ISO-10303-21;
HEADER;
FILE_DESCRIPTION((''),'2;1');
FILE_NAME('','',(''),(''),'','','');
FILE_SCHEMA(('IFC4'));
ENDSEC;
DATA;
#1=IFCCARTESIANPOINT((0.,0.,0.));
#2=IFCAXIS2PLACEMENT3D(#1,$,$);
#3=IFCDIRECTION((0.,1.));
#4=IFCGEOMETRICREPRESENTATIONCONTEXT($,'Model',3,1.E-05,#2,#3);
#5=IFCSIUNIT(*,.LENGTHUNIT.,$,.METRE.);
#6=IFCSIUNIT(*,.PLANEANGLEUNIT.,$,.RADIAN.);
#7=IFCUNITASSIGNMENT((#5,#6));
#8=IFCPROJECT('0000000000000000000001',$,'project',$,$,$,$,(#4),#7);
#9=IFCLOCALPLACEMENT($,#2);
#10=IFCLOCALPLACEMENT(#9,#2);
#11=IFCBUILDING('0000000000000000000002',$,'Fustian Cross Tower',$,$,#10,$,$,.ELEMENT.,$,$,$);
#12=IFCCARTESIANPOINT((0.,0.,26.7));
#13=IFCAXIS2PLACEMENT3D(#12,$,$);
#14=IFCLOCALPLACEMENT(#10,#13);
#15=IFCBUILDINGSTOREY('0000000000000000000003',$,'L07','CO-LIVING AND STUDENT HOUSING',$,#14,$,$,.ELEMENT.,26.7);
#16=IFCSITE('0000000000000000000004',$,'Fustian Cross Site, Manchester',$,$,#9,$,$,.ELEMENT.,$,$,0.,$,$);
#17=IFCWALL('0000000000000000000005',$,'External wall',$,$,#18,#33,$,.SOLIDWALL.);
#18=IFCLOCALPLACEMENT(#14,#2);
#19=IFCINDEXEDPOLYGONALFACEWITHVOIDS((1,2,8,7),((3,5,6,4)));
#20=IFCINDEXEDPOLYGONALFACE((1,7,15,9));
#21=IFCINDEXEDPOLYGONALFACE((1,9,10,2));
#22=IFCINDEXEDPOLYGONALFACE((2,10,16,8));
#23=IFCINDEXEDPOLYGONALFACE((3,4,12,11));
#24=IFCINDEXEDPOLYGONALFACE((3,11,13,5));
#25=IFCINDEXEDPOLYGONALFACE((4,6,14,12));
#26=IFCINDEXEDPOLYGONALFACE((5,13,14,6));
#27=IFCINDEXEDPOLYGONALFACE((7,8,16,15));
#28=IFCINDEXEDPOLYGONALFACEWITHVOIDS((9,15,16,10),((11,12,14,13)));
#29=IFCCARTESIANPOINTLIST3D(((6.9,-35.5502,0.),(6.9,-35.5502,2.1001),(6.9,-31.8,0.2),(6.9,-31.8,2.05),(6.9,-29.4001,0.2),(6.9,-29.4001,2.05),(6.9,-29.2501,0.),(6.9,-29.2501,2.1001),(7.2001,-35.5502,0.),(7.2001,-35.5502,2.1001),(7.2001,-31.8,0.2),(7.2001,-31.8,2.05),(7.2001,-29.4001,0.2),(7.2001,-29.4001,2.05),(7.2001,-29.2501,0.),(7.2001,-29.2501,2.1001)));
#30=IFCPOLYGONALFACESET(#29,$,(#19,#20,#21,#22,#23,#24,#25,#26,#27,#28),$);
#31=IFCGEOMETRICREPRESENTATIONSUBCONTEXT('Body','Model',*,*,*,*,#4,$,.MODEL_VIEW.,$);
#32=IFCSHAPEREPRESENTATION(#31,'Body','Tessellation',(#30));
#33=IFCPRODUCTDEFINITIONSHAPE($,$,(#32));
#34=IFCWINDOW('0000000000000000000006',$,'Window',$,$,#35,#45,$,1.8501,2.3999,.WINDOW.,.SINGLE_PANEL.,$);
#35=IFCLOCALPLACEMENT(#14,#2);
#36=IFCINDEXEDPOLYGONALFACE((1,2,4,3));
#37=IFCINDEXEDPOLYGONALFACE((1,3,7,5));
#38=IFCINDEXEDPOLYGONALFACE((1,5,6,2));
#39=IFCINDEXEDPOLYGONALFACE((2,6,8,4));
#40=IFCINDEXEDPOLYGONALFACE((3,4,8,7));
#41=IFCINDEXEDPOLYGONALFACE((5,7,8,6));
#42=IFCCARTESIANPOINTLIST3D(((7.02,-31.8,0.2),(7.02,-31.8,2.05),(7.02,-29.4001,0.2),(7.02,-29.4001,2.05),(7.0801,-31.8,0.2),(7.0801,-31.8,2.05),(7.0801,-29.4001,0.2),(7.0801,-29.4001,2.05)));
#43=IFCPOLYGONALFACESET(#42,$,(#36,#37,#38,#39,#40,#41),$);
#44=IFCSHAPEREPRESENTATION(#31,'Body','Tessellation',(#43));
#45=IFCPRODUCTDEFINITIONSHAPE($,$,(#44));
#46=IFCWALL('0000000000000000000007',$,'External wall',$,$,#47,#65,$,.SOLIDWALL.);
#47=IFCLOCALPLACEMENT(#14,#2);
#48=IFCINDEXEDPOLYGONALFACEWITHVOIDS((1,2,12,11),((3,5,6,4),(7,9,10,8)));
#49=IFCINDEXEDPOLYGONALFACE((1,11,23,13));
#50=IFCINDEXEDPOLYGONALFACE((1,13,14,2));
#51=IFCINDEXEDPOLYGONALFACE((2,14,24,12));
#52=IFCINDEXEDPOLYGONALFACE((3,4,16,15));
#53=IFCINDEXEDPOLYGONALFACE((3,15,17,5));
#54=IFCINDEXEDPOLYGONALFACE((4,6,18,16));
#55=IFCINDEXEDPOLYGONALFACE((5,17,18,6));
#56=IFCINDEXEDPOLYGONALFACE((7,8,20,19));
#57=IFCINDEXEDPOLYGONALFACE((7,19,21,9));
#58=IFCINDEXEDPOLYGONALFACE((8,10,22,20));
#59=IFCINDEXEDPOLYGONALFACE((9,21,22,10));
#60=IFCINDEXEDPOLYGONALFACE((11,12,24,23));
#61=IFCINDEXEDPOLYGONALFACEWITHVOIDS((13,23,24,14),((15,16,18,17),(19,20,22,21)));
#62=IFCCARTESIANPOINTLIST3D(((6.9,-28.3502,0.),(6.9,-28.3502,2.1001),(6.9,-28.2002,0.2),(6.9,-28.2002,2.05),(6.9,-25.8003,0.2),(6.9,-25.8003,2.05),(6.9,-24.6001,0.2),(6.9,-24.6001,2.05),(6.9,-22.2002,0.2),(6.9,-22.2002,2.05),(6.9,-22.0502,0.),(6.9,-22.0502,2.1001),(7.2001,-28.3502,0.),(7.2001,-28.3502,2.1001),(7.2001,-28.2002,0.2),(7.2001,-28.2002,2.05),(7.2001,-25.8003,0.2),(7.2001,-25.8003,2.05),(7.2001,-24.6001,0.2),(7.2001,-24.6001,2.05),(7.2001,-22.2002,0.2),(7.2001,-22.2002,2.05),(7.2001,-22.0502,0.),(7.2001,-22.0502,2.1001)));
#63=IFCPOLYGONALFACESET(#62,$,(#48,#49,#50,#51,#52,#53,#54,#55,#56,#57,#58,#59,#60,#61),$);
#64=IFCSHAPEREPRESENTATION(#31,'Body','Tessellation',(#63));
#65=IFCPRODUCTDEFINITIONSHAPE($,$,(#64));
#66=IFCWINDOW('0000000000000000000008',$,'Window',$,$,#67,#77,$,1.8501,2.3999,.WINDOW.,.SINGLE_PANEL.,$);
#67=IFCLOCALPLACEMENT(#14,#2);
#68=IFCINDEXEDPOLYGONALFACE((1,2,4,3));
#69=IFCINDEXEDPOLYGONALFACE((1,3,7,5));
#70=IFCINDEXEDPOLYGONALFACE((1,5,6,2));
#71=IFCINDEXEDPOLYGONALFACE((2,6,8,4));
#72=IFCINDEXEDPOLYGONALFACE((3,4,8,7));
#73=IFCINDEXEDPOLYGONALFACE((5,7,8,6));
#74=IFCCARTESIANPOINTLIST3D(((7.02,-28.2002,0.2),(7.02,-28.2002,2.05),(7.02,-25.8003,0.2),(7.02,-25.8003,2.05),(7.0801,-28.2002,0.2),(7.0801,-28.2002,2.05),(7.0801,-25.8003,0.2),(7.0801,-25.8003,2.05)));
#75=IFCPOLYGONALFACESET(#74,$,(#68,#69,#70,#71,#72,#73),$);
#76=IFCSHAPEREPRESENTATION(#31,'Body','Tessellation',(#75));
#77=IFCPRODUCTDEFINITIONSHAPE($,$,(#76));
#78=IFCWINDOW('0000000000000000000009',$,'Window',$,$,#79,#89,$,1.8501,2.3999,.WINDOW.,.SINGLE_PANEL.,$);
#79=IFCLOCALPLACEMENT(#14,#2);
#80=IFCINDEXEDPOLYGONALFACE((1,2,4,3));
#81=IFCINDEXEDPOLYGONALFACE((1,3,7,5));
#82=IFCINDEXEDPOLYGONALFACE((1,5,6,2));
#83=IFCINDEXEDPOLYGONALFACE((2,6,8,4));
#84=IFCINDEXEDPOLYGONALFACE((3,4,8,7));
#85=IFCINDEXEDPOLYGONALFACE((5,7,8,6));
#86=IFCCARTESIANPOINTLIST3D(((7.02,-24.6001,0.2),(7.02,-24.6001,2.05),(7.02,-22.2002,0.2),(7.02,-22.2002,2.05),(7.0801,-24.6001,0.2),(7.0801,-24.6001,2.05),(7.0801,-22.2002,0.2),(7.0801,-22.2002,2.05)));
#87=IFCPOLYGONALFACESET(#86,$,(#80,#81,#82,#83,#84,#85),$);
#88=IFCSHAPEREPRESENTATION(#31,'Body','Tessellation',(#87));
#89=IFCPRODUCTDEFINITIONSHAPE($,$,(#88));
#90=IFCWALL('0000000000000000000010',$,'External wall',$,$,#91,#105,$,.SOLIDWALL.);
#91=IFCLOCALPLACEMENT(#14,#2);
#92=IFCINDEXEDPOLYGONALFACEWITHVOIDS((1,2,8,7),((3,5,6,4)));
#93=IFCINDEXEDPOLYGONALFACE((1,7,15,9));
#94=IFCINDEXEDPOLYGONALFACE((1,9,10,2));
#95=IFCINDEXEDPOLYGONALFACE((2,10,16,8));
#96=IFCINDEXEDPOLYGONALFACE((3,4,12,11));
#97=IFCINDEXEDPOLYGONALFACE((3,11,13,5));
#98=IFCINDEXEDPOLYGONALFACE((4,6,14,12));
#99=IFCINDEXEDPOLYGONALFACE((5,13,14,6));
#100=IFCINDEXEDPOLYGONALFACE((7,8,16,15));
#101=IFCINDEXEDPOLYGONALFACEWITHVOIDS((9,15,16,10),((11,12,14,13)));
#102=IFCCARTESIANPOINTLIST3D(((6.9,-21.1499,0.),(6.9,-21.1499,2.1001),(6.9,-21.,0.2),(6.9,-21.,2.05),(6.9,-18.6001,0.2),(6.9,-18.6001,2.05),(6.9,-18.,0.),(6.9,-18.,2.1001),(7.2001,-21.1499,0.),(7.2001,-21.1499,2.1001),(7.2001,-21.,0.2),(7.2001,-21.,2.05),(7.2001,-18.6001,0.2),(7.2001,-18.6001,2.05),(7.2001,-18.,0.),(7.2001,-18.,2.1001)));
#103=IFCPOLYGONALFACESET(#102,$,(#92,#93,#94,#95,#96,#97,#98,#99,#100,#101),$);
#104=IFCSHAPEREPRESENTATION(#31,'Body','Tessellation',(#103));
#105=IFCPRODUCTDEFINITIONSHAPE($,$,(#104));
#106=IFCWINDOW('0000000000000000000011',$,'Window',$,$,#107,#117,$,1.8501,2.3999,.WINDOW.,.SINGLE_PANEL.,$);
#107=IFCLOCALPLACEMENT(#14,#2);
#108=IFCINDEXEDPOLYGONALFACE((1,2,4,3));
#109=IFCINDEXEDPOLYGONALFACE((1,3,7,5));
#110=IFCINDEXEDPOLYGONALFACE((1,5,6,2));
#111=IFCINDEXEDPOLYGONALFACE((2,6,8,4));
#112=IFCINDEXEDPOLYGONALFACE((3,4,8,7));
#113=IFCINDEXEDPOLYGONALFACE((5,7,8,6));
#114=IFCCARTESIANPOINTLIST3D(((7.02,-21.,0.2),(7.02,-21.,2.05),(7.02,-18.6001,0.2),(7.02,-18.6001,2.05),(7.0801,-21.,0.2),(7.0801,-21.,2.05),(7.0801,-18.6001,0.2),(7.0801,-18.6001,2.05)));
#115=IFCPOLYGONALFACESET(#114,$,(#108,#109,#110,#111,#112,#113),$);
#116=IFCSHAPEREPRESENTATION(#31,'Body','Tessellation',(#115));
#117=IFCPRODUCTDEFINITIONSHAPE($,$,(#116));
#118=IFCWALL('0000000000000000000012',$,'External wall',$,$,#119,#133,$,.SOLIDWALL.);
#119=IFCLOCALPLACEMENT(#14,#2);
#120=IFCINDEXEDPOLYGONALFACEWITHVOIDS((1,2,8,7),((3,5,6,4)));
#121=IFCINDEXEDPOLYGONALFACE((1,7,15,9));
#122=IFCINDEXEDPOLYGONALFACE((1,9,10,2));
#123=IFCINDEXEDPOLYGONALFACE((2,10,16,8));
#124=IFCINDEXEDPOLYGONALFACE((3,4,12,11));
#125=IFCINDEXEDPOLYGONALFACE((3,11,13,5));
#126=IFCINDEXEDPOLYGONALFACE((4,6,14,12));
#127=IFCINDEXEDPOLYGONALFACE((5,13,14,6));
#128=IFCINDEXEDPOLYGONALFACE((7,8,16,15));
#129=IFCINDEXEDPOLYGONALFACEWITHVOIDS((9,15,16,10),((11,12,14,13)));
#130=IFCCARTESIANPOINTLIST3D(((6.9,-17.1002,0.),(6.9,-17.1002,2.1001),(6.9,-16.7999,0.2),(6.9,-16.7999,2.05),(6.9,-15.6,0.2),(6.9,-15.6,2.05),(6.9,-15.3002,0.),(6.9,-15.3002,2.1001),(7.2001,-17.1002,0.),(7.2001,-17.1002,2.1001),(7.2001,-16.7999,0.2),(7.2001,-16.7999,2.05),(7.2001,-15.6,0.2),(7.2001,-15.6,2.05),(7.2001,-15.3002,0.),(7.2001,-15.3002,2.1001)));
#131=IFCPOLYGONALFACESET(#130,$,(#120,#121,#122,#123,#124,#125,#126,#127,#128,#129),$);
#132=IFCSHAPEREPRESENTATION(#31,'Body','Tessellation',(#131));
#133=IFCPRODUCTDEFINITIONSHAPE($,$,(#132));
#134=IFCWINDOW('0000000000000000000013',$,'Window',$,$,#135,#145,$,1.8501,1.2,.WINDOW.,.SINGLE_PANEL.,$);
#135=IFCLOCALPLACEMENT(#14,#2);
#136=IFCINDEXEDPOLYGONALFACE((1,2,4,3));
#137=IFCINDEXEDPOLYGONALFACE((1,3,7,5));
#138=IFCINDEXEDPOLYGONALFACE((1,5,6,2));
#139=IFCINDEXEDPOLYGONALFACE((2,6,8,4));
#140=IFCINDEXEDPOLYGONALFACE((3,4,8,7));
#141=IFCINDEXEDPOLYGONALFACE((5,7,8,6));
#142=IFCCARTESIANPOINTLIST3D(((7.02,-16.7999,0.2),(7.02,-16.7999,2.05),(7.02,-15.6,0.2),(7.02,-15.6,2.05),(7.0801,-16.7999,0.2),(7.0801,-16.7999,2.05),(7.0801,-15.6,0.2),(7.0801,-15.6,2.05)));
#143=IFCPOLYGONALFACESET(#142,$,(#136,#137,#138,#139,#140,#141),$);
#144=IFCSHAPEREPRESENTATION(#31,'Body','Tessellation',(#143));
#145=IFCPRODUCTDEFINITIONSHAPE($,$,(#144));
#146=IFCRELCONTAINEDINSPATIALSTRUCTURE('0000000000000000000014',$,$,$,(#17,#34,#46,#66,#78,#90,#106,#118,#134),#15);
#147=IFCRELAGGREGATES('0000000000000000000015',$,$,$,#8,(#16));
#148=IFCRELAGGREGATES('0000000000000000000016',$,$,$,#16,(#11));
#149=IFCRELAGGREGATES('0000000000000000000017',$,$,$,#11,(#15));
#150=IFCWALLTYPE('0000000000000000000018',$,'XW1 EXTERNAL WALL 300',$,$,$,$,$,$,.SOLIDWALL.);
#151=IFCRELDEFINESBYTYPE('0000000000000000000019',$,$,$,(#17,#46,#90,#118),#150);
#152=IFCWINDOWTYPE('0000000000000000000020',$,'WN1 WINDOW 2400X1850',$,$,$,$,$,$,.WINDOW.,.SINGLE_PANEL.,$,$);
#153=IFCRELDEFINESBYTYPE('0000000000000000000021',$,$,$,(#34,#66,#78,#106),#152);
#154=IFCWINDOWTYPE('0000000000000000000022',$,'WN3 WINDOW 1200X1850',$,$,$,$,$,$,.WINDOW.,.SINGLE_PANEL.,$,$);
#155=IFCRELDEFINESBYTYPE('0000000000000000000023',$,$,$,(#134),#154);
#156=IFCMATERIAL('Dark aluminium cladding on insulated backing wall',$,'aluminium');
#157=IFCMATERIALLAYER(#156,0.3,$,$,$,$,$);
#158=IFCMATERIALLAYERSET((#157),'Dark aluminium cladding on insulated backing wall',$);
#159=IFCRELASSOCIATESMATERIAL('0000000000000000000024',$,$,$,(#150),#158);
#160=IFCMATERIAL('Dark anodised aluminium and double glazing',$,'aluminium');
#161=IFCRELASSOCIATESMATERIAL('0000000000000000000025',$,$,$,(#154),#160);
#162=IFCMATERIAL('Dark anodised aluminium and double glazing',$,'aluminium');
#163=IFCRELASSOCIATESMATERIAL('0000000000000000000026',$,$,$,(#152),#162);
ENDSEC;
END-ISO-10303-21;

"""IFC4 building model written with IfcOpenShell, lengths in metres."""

from ifc_helpers import new_model, si_unit, direction, frame, frame_2d, origin, place, context, subcontext, project, spatial, rectangle, extrude, material, layer, layer_set, type_object, element, fill, save


model = new_model("IFC4")

# Units and contexts
model_context = context("Model", 3, precision=1e-05, world=origin(), true_north=direction((0.0, 1.0)))
body_context = subcontext(model_context, "Body", "Model", "MODEL_VIEW")
ifc_project = project(units=[si_unit("LENGTHUNIT", "METRE"), si_unit("PLANEANGLEUNIT", "RADIAN")], contexts=[model_context])

# Site, building, storey
site_placement = place(None, origin())
site = spatial("IfcSite", under=ifc_project, at=site_placement, Name="Fustian Cross Site, Manchester", CompositionType="ELEMENT", RefElevation=0.0)
building_placement = place(site_placement, origin())
building = spatial("IfcBuilding", under=site, at=building_placement, Name="Fustian Cross Tower", CompositionType="ELEMENT")
storey_placement = place(building_placement, frame((0.0, 0.0, 26.7)))
storey = spatial("IfcBuildingStorey", under=building, at=storey_placement, Name="L07", Description="CO-LIVING AND STUDENT HOUSING", CompositionType="ELEMENT", Elevation=26.7)

# Shared definitions
ifc_material_1 = material(Name="Dark aluminium cladding on insulated backing wall", Category="aluminium")
ifc_layer_1 = layer(ifc_material_1, 0.3)
ifc_layer_set_1 = layer_set([ifc_layer_1], Name="Dark aluminium cladding on insulated backing wall")
wall_type_1 = type_object("IfcWallType", Name="XW1 EXTERNAL WALL 300", PredefinedType="SOLIDWALL", material=ifc_layer_set_1)

# Wall, opening, window
ifc_material_2 = material(Name="Dark anodised aluminium and double glazing", Category="aluminium")
window_type_1 = type_object("IfcWindowType", Name="WN3 WINDOW 1200X1850", PartitioningType="SINGLE_PANEL", PredefinedType="WINDOW", material=ifc_material_2)
wall_1_placement = place(storey_placement, frame((7.05, -35.55, 0.0), z_axis=(0.0, 0.0, 1.0), x_axis=(0.0, 1.0, 0.0)))
wall_1 = element("IfcWall", 1, at=wall_1_placement, inside=storey, type_object=wall_type_1, Name="External wall", PredefinedType="SOLIDWALL", context=body_context, shape_type="SweptSolid", body=[
    extrude(rectangle(XDim=6.3, YDim=0.3, at=frame_2d((3.1499, 0.0))), origin(), (0.0, 0.0, 1.0), 2.1001),
])
opening_1_placement = place(wall_1_placement, frame((3.75, 0.0, 0.2)))
opening_1 = element("IfcOpeningElement", 2, at=opening_1_placement, cuts=wall_1, PredefinedType="OPENING", context=body_context, shape_type="SweptSolid", body=[
    extrude(rectangle(XDim=2.3999, YDim=1.8501, at=frame_2d((1.2, 0.925))), frame((0.0, 0.1599, 0.0), z_axis=(0.0, -1.0, 0.0), x_axis=(1.0, 0.0, 0.0)), (0.0, 0.0, 1.0), 0.3201),
])
ifc_material_3 = material(Name="Dark anodised aluminium and double glazing", Category="aluminium")
window_type_2 = type_object("IfcWindowType", Name="WN1 WINDOW 2400X1850", PartitioningType="SINGLE_PANEL", PredefinedType="WINDOW", material=ifc_material_3)
window_1_placement = place(opening_1_placement, origin())
window_1 = element("IfcWindow", 3, at=window_1_placement, inside=storey, type_object=window_type_2, Name="Window", OverallHeight=1.8501, OverallWidth=2.3999, PartitioningType="SINGLE_PANEL", PredefinedType="WINDOW", context=body_context, shape_type="SweptSolid", body=[
    extrude(rectangle(XDim=2.3999, YDim=1.8501, at=frame_2d((1.2, 0.925))), frame((0.0, 0.03, 0.0), z_axis=(0.0, -1.0, 0.0), x_axis=(1.0, 0.0, 0.0)), (0.0, 0.0, 1.0), 0.0601),
])
fill(opening_1, window_1)

# Wall, openings, windows
wall_2_placement = place(storey_placement, frame((7.05, -28.3501, 0.0), z_axis=(0.0, 0.0, 1.0), x_axis=(0.0, 1.0, 0.0)))
wall_2 = element("IfcWall", 4, at=wall_2_placement, inside=storey, type_object=wall_type_1, Name="External wall", PredefinedType="SOLIDWALL", context=body_context, shape_type="SweptSolid", body=[
    extrude(rectangle(XDim=6.3, YDim=0.3, at=frame_2d((3.1499, 0.0))), origin(), (0.0, 0.0, 1.0), 2.1001),
])
opening_2_placement = place(wall_2_placement, frame((0.1499, 0.0, 0.2)))
opening_2 = element("IfcOpeningElement", 5, at=opening_2_placement, cuts=wall_2, PredefinedType="OPENING", context=body_context, shape_type="SweptSolid", body=[
    extrude(rectangle(XDim=2.3999, YDim=1.8501, at=frame_2d((1.2, 0.925))), frame((0.0, 0.1599, 0.0), z_axis=(0.0, -1.0, 0.0), x_axis=(1.0, 0.0, 0.0)), (0.0, 0.0, 1.0), 0.3201),
])
opening_3_placement = place(wall_2_placement, frame((3.75, 0.0, 0.2)))
opening_3 = element("IfcOpeningElement", 6, at=opening_3_placement, cuts=wall_2, PredefinedType="OPENING", context=body_context, shape_type="SweptSolid", body=[
    extrude(rectangle(XDim=2.3999, YDim=1.8501, at=frame_2d((1.2, 0.925))), frame((0.0, 0.1599, 0.0), z_axis=(0.0, -1.0, 0.0), x_axis=(1.0, 0.0, 0.0)), (0.0, 0.0, 1.0), 0.3201),
])
window_2_placement = place(opening_2_placement, origin())
window_2 = element("IfcWindow", 7, at=window_2_placement, inside=storey, type_object=window_type_2, Name="Window", OverallHeight=1.8501, OverallWidth=2.3999, PartitioningType="SINGLE_PANEL", PredefinedType="WINDOW", context=body_context, shape_type="SweptSolid", body=[
    extrude(rectangle(XDim=2.3999, YDim=1.8501, at=frame_2d((1.2, 0.925))), frame((0.0, 0.03, 0.0), z_axis=(0.0, -1.0, 0.0), x_axis=(1.0, 0.0, 0.0)), (0.0, 0.0, 1.0), 0.0601),
])
fill(opening_2, window_2)
window_3_placement = place(opening_3_placement, origin())
window_3 = element("IfcWindow", 8, at=window_3_placement, inside=storey, type_object=window_type_2, Name="Window", OverallHeight=1.8501, OverallWidth=2.3999, PartitioningType="SINGLE_PANEL", PredefinedType="WINDOW", context=body_context, shape_type="SweptSolid", body=[
    extrude(rectangle(XDim=2.3999, YDim=1.8501, at=frame_2d((1.2, 0.925))), frame((0.0, 0.03, 0.0), z_axis=(0.0, -1.0, 0.0), x_axis=(1.0, 0.0, 0.0)), (0.0, 0.0, 1.0), 0.0601),
])
fill(opening_3, window_3)

# Walls, openings, windows
wall_3_placement = place(storey_placement, frame((7.05, -21.1499, 0.0), z_axis=(0.0, 0.0, 1.0), x_axis=(0.0, 1.0, 0.0)))
wall_3 = element("IfcWall", 9, at=wall_3_placement, inside=storey, type_object=wall_type_1, Name="External wall", PredefinedType="SOLIDWALL", context=body_context, shape_type="SweptSolid", body=[
    extrude(rectangle(XDim=3.1499, YDim=0.3, at=frame_2d((1.575, 0.0))), origin(), (0.0, 0.0, 1.0), 2.1001),
])
opening_4_placement = place(wall_3_placement, frame((0.1499, 0.0, 0.2)))
opening_4 = element("IfcOpeningElement", 10, at=opening_4_placement, cuts=wall_3, PredefinedType="OPENING", context=body_context, shape_type="SweptSolid", body=[
    extrude(rectangle(XDim=2.3999, YDim=1.8501, at=frame_2d((1.2, 0.925))), frame((0.0, 0.1599, 0.0), z_axis=(0.0, -1.0, 0.0), x_axis=(1.0, 0.0, 0.0)), (0.0, 0.0, 1.0), 0.3201),
])
window_4_placement = place(opening_4_placement, origin())
window_4 = element("IfcWindow", 11, at=window_4_placement, inside=storey, type_object=window_type_2, Name="Window", OverallHeight=1.8501, OverallWidth=2.3999, PartitioningType="SINGLE_PANEL", PredefinedType="WINDOW", context=body_context, shape_type="SweptSolid", body=[
    extrude(rectangle(XDim=2.3999, YDim=1.8501, at=frame_2d((1.2, 0.925))), frame((0.0, 0.03, 0.0), z_axis=(0.0, -1.0, 0.0), x_axis=(1.0, 0.0, 0.0)), (0.0, 0.0, 1.0), 0.0601),
])
fill(opening_4, window_4)
wall_4_placement = place(storey_placement, frame((7.05, -17.1001, 0.0), z_axis=(0.0, 0.0, 1.0), x_axis=(0.0, 1.0, 0.0)))
wall_4 = element("IfcWall", 12, at=wall_4_placement, inside=storey, type_object=wall_type_1, Name="External wall", PredefinedType="SOLIDWALL", context=body_context, shape_type="SweptSolid", body=[
    extrude(rectangle(XDim=1.8, YDim=0.3, at=frame_2d((0.8999, 0.0))), origin(), (0.0, 0.0, 1.0), 2.1001),
])
opening_5_placement = place(wall_4_placement, frame((0.3, 0.0, 0.2)))
opening_5 = element("IfcOpeningElement", 13, at=opening_5_placement, cuts=wall_4, PredefinedType="OPENING", context=body_context, shape_type="SweptSolid", body=[
    extrude(rectangle(XDim=1.2, YDim=1.8501, at=frame_2d((0.6001, 0.925))), frame((0.0, 0.1599, 0.0), z_axis=(0.0, -1.0, 0.0), x_axis=(1.0, 0.0, 0.0)), (0.0, 0.0, 1.0), 0.3201),
])
window_5_placement = place(opening_5_placement, origin())
window_5 = element("IfcWindow", 14, at=window_5_placement, inside=storey, type_object=window_type_1, Name="Window", OverallHeight=1.8501, OverallWidth=1.2, PartitioningType="SINGLE_PANEL", PredefinedType="WINDOW", context=body_context, shape_type="SweptSolid", body=[
    extrude(rectangle(XDim=1.2, YDim=1.8501, at=frame_2d((0.6001, 0.925))), frame((0.0, 0.03, 0.0), z_axis=(0.0, -1.0, 0.0), x_axis=(1.0, 0.0, 0.0)), (0.0, 0.0, 1.0), 0.0601),
])
fill(opening_5, window_5)

save(model, "model.ifc")
